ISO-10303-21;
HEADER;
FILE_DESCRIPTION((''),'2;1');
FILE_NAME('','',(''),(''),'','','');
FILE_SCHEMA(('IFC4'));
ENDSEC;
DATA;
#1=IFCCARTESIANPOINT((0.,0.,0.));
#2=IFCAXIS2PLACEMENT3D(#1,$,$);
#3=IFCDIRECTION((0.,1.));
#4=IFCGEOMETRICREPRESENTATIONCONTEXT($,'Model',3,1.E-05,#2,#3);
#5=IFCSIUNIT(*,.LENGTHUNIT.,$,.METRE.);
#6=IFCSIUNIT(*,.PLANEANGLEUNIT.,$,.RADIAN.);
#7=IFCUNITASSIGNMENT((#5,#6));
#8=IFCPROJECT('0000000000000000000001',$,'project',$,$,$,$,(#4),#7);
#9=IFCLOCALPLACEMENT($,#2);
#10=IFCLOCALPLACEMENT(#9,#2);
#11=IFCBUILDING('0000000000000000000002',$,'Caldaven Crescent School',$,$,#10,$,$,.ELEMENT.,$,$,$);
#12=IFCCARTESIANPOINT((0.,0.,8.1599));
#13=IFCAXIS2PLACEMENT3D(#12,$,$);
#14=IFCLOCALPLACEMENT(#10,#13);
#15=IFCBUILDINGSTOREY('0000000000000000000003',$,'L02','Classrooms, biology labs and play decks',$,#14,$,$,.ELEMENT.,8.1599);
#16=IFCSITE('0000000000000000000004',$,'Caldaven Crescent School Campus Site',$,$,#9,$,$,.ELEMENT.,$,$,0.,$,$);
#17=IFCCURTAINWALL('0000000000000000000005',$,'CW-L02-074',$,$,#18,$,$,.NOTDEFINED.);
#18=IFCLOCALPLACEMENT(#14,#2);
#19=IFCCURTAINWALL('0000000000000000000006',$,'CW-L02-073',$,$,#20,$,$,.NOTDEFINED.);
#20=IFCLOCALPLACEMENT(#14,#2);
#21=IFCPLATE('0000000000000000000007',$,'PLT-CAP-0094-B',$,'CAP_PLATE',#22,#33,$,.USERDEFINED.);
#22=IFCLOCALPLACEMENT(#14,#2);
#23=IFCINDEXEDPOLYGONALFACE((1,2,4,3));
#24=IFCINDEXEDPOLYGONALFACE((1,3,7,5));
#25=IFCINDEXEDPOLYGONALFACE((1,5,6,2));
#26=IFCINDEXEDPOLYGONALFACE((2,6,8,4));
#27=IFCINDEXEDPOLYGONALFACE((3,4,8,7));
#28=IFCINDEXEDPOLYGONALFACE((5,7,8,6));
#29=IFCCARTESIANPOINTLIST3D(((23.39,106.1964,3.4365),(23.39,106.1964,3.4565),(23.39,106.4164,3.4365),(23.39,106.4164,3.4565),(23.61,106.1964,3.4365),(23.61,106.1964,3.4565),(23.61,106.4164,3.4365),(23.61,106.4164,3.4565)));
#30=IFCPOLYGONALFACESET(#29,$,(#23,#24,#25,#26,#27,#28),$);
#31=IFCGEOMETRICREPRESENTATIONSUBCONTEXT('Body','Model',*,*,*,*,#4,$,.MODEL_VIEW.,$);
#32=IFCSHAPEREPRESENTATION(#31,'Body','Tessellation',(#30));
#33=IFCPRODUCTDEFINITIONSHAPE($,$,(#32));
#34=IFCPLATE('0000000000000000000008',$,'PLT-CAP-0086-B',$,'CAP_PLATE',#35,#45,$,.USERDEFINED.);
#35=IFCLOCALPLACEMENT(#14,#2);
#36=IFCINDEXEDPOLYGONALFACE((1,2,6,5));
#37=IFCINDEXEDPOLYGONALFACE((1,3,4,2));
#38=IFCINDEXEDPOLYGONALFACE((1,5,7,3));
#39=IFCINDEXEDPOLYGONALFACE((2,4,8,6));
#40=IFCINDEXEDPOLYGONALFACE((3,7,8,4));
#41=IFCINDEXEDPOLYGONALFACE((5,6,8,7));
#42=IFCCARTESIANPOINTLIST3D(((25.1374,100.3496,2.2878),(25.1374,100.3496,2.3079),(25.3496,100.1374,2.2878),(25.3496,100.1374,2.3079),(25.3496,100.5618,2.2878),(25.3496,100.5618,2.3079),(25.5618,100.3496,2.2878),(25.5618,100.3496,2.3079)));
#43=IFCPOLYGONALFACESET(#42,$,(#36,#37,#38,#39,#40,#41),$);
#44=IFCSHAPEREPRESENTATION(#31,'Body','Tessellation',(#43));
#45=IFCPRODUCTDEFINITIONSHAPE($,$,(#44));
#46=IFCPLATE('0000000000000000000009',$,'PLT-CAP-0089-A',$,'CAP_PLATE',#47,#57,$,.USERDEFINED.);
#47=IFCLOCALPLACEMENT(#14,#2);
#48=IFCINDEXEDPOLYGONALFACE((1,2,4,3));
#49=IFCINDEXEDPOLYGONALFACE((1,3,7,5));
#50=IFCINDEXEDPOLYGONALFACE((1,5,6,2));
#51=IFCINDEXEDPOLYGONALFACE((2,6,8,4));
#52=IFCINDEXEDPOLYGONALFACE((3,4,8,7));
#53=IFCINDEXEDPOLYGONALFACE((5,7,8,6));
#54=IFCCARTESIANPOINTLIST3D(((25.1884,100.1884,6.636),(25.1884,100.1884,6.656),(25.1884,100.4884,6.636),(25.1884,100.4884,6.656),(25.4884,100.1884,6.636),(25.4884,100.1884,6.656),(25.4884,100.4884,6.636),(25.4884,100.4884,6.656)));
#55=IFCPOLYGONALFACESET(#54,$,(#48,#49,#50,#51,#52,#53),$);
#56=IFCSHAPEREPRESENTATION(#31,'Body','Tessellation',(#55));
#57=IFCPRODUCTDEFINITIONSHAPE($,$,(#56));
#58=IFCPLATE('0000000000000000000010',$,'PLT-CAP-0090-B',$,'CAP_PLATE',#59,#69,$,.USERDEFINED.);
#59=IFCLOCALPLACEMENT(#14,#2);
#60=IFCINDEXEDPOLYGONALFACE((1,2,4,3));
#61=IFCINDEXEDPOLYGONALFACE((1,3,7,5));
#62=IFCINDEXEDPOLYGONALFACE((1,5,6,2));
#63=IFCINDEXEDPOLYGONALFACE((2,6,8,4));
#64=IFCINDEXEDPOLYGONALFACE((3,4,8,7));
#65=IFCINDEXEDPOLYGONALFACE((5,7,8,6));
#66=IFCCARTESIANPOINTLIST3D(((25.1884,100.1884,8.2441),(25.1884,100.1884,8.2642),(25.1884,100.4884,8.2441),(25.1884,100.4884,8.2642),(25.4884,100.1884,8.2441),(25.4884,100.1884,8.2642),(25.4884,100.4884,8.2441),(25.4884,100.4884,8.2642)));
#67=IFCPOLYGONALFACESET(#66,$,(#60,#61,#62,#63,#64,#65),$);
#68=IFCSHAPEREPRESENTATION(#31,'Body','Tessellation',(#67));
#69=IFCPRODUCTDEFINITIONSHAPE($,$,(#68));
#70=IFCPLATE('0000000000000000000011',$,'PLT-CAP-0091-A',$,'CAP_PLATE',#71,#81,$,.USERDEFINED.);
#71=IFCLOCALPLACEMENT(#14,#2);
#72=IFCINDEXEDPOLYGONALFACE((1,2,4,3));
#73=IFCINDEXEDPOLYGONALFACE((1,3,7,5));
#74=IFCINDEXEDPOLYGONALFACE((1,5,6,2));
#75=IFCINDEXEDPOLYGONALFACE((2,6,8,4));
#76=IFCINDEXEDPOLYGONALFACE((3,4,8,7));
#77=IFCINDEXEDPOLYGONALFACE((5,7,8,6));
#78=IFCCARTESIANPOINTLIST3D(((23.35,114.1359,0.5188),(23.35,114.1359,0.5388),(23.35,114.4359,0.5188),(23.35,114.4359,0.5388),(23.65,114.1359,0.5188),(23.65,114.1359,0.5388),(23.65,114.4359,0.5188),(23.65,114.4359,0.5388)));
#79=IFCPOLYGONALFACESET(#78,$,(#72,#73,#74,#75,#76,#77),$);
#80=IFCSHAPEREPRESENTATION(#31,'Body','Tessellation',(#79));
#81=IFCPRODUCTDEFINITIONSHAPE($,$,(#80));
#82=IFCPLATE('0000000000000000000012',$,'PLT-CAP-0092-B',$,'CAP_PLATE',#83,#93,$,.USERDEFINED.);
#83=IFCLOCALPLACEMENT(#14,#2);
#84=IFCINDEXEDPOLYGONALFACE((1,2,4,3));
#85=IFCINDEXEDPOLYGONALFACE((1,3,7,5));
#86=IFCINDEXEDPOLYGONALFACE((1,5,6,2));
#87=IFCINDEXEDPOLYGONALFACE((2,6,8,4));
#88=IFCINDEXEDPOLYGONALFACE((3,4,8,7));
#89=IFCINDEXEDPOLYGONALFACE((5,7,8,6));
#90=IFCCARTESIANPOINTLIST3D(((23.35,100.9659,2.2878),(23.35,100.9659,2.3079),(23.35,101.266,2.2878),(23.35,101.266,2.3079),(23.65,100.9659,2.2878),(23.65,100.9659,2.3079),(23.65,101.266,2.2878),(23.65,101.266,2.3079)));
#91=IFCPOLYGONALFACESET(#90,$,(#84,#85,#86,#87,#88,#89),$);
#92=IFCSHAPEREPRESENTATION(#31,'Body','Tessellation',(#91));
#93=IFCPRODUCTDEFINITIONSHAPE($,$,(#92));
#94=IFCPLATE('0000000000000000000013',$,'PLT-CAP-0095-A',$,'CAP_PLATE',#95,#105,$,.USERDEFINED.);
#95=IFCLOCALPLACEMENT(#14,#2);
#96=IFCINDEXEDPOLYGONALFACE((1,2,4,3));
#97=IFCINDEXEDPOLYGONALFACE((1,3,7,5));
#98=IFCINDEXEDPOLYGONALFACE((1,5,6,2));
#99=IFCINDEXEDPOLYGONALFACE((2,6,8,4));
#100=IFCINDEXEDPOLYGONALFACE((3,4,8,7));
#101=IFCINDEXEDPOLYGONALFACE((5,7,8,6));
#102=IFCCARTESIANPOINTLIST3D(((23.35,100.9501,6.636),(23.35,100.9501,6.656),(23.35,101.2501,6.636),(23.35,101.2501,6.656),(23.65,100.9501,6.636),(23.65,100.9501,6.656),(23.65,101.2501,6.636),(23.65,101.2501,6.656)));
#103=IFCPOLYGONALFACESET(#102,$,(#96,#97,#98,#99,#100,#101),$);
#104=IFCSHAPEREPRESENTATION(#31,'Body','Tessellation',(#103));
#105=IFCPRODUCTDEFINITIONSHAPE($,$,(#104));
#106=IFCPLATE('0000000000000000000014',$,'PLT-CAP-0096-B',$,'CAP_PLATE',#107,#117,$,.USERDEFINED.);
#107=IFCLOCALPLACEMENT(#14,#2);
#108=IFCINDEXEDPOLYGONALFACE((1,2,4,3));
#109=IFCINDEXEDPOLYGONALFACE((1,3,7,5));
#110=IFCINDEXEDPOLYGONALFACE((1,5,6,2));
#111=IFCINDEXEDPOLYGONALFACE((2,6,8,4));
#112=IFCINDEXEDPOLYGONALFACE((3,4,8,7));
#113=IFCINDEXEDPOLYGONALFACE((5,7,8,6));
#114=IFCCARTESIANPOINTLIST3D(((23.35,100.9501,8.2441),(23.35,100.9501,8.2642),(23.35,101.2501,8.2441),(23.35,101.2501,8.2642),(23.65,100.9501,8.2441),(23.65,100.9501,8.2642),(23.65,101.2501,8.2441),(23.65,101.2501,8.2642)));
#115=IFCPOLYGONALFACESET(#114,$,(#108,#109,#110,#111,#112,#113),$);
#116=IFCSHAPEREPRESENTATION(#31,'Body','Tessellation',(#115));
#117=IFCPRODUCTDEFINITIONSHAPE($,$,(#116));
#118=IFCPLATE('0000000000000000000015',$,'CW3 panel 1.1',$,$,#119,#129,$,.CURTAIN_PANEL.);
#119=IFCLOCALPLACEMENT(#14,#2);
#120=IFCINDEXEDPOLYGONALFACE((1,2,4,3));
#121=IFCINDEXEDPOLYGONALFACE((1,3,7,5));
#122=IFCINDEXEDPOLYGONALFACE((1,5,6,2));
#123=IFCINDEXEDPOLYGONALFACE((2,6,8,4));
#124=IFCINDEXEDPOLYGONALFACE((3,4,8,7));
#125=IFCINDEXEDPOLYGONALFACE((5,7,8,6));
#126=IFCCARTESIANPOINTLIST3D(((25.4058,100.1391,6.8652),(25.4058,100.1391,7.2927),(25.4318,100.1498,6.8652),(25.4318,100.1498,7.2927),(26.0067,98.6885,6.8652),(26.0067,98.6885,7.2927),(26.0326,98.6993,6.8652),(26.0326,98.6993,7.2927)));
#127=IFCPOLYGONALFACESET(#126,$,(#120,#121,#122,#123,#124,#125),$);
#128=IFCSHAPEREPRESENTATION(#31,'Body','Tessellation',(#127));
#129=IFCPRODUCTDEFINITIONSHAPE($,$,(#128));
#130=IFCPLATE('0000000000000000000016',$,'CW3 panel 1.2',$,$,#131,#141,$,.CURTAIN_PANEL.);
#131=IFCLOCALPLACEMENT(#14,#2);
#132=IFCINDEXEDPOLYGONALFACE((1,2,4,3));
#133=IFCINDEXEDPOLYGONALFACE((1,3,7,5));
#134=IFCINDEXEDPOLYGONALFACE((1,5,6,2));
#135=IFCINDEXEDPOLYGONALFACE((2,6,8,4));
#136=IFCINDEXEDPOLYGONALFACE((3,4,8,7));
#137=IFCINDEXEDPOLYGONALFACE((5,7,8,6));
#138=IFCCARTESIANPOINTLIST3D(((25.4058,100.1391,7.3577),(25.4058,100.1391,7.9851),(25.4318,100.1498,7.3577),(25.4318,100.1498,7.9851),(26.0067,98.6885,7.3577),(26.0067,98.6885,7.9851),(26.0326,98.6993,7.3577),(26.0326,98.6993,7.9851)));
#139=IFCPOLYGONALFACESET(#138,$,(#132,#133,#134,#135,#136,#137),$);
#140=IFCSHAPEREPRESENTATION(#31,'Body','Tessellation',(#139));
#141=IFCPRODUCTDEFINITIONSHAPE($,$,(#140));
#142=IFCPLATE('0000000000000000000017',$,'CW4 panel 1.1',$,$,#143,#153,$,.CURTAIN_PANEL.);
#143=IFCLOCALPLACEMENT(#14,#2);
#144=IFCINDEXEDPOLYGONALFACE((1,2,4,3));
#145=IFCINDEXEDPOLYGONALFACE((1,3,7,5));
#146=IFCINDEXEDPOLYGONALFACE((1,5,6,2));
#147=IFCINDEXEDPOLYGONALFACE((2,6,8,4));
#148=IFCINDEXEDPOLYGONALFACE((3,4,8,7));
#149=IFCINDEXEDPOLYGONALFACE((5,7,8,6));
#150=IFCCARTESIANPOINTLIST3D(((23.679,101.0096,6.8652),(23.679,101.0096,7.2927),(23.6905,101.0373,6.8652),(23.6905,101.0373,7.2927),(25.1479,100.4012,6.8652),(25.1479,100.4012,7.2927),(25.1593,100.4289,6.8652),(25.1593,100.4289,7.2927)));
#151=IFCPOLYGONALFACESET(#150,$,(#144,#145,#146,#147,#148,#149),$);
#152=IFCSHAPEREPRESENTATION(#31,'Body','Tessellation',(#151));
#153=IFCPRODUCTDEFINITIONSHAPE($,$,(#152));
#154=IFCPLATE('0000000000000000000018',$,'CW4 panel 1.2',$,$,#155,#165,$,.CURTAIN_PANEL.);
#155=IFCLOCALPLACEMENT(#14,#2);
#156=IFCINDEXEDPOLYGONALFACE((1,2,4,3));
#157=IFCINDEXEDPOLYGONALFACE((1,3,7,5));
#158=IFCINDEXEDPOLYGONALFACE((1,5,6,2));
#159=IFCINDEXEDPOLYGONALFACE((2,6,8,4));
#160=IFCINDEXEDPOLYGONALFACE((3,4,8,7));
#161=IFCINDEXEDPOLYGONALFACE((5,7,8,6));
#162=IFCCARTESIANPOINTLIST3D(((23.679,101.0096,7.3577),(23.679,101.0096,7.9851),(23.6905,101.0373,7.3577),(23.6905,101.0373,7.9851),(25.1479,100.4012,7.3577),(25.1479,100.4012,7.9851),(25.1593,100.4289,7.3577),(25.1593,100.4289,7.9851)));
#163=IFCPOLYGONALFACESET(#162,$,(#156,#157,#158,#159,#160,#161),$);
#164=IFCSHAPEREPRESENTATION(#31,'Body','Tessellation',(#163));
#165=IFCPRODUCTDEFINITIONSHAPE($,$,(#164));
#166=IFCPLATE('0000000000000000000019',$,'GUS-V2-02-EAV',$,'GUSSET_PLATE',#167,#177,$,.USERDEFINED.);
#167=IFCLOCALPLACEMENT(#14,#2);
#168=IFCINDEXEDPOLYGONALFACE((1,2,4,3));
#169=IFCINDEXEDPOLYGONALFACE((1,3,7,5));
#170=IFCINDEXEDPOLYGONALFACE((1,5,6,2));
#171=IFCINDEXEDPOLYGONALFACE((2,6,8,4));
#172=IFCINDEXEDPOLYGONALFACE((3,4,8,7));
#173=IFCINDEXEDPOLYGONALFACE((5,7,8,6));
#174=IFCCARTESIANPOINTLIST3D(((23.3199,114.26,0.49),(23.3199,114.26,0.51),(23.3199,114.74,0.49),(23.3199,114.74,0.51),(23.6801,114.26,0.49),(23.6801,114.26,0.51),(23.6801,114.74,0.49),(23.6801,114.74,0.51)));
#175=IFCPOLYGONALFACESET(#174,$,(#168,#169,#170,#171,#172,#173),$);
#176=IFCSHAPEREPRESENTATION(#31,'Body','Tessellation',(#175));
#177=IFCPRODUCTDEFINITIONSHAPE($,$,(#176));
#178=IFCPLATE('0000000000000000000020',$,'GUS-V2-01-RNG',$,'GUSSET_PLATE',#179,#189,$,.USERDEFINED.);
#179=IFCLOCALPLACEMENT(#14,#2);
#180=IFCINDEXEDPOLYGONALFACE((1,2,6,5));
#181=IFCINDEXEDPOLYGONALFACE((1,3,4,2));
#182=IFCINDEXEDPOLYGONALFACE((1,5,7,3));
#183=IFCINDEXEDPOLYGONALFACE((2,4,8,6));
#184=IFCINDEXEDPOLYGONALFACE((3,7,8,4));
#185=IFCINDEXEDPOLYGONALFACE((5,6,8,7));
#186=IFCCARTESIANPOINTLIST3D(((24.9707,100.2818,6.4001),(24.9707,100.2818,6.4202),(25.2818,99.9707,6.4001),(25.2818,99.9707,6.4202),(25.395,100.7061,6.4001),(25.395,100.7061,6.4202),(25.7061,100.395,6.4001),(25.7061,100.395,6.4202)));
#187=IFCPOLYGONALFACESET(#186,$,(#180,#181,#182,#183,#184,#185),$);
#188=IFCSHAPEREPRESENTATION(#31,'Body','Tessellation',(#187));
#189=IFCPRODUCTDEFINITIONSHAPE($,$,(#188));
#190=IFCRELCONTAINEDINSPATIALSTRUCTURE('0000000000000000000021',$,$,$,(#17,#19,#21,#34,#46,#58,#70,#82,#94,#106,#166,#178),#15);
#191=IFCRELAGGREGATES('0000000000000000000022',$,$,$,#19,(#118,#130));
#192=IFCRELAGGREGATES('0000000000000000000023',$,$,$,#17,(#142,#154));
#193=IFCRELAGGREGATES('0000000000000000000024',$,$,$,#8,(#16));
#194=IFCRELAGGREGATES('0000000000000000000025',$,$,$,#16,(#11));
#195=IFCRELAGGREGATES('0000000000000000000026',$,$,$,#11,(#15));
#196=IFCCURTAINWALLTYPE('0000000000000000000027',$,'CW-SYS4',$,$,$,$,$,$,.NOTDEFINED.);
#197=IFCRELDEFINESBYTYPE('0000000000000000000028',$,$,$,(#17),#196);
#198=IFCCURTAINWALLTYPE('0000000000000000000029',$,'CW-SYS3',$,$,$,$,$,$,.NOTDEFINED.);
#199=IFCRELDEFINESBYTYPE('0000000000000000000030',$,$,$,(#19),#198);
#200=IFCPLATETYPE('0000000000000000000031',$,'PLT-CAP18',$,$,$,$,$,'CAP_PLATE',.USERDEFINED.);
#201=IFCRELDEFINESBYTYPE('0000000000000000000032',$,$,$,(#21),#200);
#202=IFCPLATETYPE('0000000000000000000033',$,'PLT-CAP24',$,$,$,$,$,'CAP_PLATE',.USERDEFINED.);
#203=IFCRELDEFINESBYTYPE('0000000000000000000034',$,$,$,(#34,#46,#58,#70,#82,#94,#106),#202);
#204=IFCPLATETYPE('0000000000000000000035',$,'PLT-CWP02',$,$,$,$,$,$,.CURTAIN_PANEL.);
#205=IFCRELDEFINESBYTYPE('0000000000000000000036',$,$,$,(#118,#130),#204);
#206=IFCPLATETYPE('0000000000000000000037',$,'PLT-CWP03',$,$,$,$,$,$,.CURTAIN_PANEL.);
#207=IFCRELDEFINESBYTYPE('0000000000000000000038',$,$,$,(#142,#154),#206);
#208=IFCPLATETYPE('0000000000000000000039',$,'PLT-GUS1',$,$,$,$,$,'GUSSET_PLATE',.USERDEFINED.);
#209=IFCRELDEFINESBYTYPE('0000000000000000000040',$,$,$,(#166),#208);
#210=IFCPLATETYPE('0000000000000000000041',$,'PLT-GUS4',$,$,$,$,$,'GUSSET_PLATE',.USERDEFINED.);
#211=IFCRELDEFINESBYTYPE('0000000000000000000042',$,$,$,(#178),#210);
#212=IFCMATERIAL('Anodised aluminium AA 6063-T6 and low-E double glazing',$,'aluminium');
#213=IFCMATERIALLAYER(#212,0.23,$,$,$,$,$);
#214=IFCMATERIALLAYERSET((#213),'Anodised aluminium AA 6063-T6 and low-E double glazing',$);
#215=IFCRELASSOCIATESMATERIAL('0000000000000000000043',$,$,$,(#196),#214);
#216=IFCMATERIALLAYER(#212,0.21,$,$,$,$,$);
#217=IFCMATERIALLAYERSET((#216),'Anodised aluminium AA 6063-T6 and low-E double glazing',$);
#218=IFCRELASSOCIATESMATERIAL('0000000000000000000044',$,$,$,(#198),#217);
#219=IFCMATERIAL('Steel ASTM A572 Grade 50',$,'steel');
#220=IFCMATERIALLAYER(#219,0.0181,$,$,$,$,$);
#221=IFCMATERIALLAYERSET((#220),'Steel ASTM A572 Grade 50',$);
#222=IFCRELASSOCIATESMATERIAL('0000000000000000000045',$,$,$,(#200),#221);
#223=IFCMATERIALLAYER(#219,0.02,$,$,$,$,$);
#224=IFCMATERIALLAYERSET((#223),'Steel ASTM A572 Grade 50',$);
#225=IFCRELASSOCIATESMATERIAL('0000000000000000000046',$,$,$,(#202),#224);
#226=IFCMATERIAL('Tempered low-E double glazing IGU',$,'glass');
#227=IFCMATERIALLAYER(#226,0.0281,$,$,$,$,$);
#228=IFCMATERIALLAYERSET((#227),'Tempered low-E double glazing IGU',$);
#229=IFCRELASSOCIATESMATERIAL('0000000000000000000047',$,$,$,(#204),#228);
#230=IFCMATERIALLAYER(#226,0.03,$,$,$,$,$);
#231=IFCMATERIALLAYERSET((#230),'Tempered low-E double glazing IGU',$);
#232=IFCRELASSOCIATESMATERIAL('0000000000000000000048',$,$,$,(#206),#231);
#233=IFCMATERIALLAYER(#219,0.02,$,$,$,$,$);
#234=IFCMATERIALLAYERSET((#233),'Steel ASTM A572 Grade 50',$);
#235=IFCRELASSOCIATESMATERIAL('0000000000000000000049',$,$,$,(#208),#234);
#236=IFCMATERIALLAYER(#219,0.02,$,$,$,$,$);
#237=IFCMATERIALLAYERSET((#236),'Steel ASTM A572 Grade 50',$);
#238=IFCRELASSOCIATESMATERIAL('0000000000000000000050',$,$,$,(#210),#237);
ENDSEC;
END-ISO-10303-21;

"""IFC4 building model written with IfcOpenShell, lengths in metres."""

from ifc_helpers import new_model, si_unit, direction, frame, origin, origin_2d, place, context, subcontext, project, spatial, rectangle, extrude, material, layer, layer_set, type_object, element, aggregate, save


model = new_model("IFC4")

# Units and contexts
model_context = context("Model", 3, precision=1e-05, world=origin(), true_north=direction((0.0, 1.0)))
body_context = subcontext(model_context, "Body", "Model", "MODEL_VIEW")
ifc_project = project(units=[si_unit("LENGTHUNIT", "METRE"), si_unit("PLANEANGLEUNIT", "RADIAN")], contexts=[model_context])

# Site, building, storey
site_placement = place(None, origin())
site = spatial("IfcSite", under=ifc_project, at=site_placement, Name="Caldaven Crescent School Campus Site", CompositionType="ELEMENT", RefElevation=0.0)
building_placement = place(site_placement, origin())
building = spatial("IfcBuilding", under=site, at=building_placement, Name="Caldaven Crescent School", CompositionType="ELEMENT")
storey_placement = place(building_placement, frame((0.0, 0.0, 8.1599)))
storey = spatial("IfcBuildingStorey", under=building, at=storey_placement, Name="L02", Description="Classrooms, biology labs and play decks", CompositionType="ELEMENT", Elevation=8.1599)

# Shared definitions
ifc_material_1 = material(Name="Steel ASTM A572 Grade 50", Category="steel")

# Curtain wall
ifc_material_2 = material(Name="Anodised aluminium AA 6063-T6 and low-E double glazing", Category="aluminium")
ifc_layer_1 = layer(ifc_material_2, 0.23)
ifc_layer_set_1 = layer_set([ifc_layer_1], Name="Anodised aluminium AA 6063-T6 and low-E double glazing")
curtain_wall_type_1 = type_object("IfcCurtainWallType", Name="CW-SYS4", PredefinedType="NOTDEFINED", material=ifc_layer_set_1)
curtain_wall_1_placement = place(storey_placement, origin())
curtain_wall_1 = element("IfcCurtainWall", 1, at=curtain_wall_1_placement, inside=storey, type_object=curtain_wall_type_1, Name="CW-L02-074", PredefinedType="NOTDEFINED")

# Curtain wall
ifc_layer_2 = layer(ifc_material_2, 0.21)
ifc_layer_set_2 = layer_set([ifc_layer_2], Name="Anodised aluminium AA 6063-T6 and low-E double glazing")
curtain_wall_type_2 = type_object("IfcCurtainWallType", Name="CW-SYS3", PredefinedType="NOTDEFINED", material=ifc_layer_set_2)
curtain_wall_2_placement = place(storey_placement, origin())
curtain_wall_2 = element("IfcCurtainWall", 2, at=curtain_wall_2_placement, inside=storey, type_object=curtain_wall_type_2, Name="CW-L02-073", PredefinedType="NOTDEFINED")

# Plates
ifc_layer_3 = layer(ifc_material_1, 0.0181)
ifc_layer_set_3 = layer_set([ifc_layer_3], Name="Steel ASTM A572 Grade 50")
plate_type_1 = type_object("IfcPlateType", Name="PLT-CAP18", ElementType="CAP_PLATE", PredefinedType="USERDEFINED", material=ifc_layer_set_3)
for number, where, z_axis, x_axis, name in (
    (3, (23.5, 106.3064, 3.4365), (0.0, 0.0, 1.0), (0.0, -1.0, 0.0), "PLT-CAP-0094-B"),
):
    element("IfcPlate", number, at=place(storey_placement, frame(where, z_axis=z_axis, x_axis=x_axis)), inside=storey, type_object=plate_type_1, Name=name, ObjectType="CAP_PLATE", PredefinedType="USERDEFINED", context=body_context, shape_type="SweptSolid", body=[
        extrude(rectangle(XDim=0.22, YDim=0.22, at=origin_2d()), origin(), (0.0, 0.0, 1.0), 0.02),
    ])
ifc_layer_4 = layer(ifc_material_1, 0.02)
ifc_layer_set_4 = layer_set([ifc_layer_4], Name="Steel ASTM A572 Grade 50")
plate_type_2 = type_object("IfcPlateType", Name="PLT-CAP24", ElementType="CAP_PLATE", PredefinedType="USERDEFINED", material=ifc_layer_set_4)
for number, where, z_axis, x_axis, name in (
    (4, (25.3496, 100.3496, 2.2878), (0.0, 0.0, 1.0), (-0.707107, -0.707107, 0.0), "PLT-CAP-0086-B"),
    (5, (25.3384, 100.3384, 6.636), (0.0, 0.0, 1.0), (1.0, 0.0, 0.0), "PLT-CAP-0089-A"),
    (6, (25.3384, 100.3384, 8.2441), (0.0, 0.0, 1.0), (1.0, 0.0, 0.0), "PLT-CAP-0090-B"),
    (7, (23.5, 114.2859, 0.5188), (0.0, 0.0, 1.0), (0.0, -1.0, 0.0), "PLT-CAP-0091-A"),
    (8, (23.5, 101.116, 2.2878), (0.0, 0.0, 1.0), (0.0, -1.0, 0.0), "PLT-CAP-0092-B"),
    (9, (23.5, 101.1001, 6.636), (0.0, 0.0, 1.0), (1.0, 0.0, 0.0), "PLT-CAP-0095-A"),
    (10, (23.5, 101.1001, 8.2441), (0.0, 0.0, 1.0), (1.0, 0.0, 0.0), "PLT-CAP-0096-B"),
):
    element("IfcPlate", number, at=place(storey_placement, frame(where, z_axis=z_axis, x_axis=x_axis)), inside=storey, type_object=plate_type_2, Name=name, ObjectType="CAP_PLATE", PredefinedType="USERDEFINED", context=body_context, shape_type="SweptSolid", body=[
        extrude(rectangle(XDim=0.3, YDim=0.3, at=origin_2d()), origin(), (0.0, 0.0, 1.0), 0.02),
    ])

# Plates
ifc_material_3 = material(Name="Tempered low-E double glazing IGU", Category="glass")
ifc_layer_5 = layer(ifc_material_3, 0.0281)
ifc_layer_set_5 = layer_set([ifc_layer_5], Name="Tempered low-E double glazing IGU")
plate_type_3 = type_object("IfcPlateType", Name="PLT-CWP02", PredefinedType="CURTAIN_PANEL", material=ifc_layer_set_5)
plate_1_placement = place(storey_placement, frame((25.7192, 99.4192, 6.8652), z_axis=(0.0, 0.0, 1.0), x_axis=(-0.382683, 0.92388, 0.0)))
plate_1 = element("IfcPlate", 11, at=plate_1_placement, type_object=plate_type_3, Name="CW3 panel 1.1", PredefinedType="CURTAIN_PANEL", context=body_context, shape_type="SweptSolid", body=[
    extrude(rectangle(XDim=1.5701, YDim=0.0281, at=origin_2d()), origin(), (0.0, 0.0, 1.0), 0.4275),
])
plate_2_placement = place(storey_placement, frame((25.7192, 99.4192, 7.3577), z_axis=(0.0, 0.0, 1.0), x_axis=(-0.382683, 0.92388, 0.0)))
plate_2 = element("IfcPlate", 12, at=plate_2_placement, type_object=plate_type_3, Name="CW3 panel 1.2", PredefinedType="CURTAIN_PANEL", context=body_context, shape_type="SweptSolid", body=[
    extrude(rectangle(XDim=1.5701, YDim=0.0281, at=origin_2d()), origin(), (0.0, 0.0, 1.0), 0.6274),
])
aggregate(curtain_wall_2, [plate_1, plate_2])
ifc_layer_6 = layer(ifc_material_3, 0.03)
ifc_layer_set_6 = layer_set([ifc_layer_6], Name="Tempered low-E double glazing IGU")
plate_type_4 = type_object("IfcPlateType", Name="PLT-CWP03", PredefinedType="CURTAIN_PANEL", material=ifc_layer_set_6)
plate_3_placement = place(storey_placement, frame((24.4192, 100.7192, 6.8652), z_axis=(0.0, 0.0, 1.0), x_axis=(-0.92388, 0.382683, 0.0)))
plate_3 = element("IfcPlate", 13, at=plate_3_placement, type_object=plate_type_4, Name="CW4 panel 1.1", PredefinedType="CURTAIN_PANEL", context=body_context, shape_type="SweptSolid", body=[
    extrude(rectangle(XDim=1.5898, YDim=0.03, at=origin_2d()), origin(), (0.0, 0.0, 1.0), 0.4275),
])
plate_4_placement = place(storey_placement, frame((24.4192, 100.7192, 7.3577), z_axis=(0.0, 0.0, 1.0), x_axis=(-0.92388, 0.382683, 0.0)))
plate_4 = element("IfcPlate", 14, at=plate_4_placement, type_object=plate_type_4, Name="CW4 panel 1.2", PredefinedType="CURTAIN_PANEL", context=body_context, shape_type="SweptSolid", body=[
    extrude(rectangle(XDim=1.5898, YDim=0.03, at=origin_2d()), origin(), (0.0, 0.0, 1.0), 0.6274),
])
aggregate(curtain_wall_1, [plate_3, plate_4])

# Plates
ifc_layer_7 = layer(ifc_material_1, 0.02)
ifc_layer_set_7 = layer_set([ifc_layer_7], Name="Steel ASTM A572 Grade 50")
plate_type_5 = type_object("IfcPlateType", Name="PLT-GUS1", ElementType="GUSSET_PLATE", PredefinedType="USERDEFINED", material=ifc_layer_set_7)
plate_5_placement = place(storey_placement, frame((23.5, 114.5, 0.49), z_axis=(0.0, 0.0, 1.0), x_axis=(0.0, 1.0, 0.0)))
element("IfcPlate", 15, at=plate_5_placement, inside=storey, type_object=plate_type_5, Name="GUS-V2-02-EAV", ObjectType="GUSSET_PLATE", PredefinedType="USERDEFINED", context=body_context, shape_type="SweptSolid", body=[
    extrude(rectangle(XDim=0.48, YDim=0.3601, at=origin_2d()), origin(), (0.0, 0.0, 1.0), 0.02),
])
ifc_layer_8 = layer(ifc_material_1, 0.02)
ifc_layer_set_8 = layer_set([ifc_layer_8], Name="Steel ASTM A572 Grade 50")
plate_type_6 = type_object("IfcPlateType", Name="PLT-GUS4", ElementType="GUSSET_PLATE", PredefinedType="USERDEFINED", material=ifc_layer_set_8)
plate_6_placement = place(storey_placement, frame((25.3384, 100.3384, 6.4001), z_axis=(0.0, 0.0, 1.0), x_axis=(0.707107, 0.707107, 0.0)))
element("IfcPlate", 16, at=plate_6_placement, inside=storey, type_object=plate_type_6, Name="GUS-V2-01-RNG", ObjectType="GUSSET_PLATE", PredefinedType="USERDEFINED", context=body_context, shape_type="SweptSolid", body=[
    extrude(rectangle(XDim=0.6001, YDim=0.4399, at=origin_2d()), origin(), (0.0, 0.0, 1.0), 0.02),
])

save(model, "model.ifc")
